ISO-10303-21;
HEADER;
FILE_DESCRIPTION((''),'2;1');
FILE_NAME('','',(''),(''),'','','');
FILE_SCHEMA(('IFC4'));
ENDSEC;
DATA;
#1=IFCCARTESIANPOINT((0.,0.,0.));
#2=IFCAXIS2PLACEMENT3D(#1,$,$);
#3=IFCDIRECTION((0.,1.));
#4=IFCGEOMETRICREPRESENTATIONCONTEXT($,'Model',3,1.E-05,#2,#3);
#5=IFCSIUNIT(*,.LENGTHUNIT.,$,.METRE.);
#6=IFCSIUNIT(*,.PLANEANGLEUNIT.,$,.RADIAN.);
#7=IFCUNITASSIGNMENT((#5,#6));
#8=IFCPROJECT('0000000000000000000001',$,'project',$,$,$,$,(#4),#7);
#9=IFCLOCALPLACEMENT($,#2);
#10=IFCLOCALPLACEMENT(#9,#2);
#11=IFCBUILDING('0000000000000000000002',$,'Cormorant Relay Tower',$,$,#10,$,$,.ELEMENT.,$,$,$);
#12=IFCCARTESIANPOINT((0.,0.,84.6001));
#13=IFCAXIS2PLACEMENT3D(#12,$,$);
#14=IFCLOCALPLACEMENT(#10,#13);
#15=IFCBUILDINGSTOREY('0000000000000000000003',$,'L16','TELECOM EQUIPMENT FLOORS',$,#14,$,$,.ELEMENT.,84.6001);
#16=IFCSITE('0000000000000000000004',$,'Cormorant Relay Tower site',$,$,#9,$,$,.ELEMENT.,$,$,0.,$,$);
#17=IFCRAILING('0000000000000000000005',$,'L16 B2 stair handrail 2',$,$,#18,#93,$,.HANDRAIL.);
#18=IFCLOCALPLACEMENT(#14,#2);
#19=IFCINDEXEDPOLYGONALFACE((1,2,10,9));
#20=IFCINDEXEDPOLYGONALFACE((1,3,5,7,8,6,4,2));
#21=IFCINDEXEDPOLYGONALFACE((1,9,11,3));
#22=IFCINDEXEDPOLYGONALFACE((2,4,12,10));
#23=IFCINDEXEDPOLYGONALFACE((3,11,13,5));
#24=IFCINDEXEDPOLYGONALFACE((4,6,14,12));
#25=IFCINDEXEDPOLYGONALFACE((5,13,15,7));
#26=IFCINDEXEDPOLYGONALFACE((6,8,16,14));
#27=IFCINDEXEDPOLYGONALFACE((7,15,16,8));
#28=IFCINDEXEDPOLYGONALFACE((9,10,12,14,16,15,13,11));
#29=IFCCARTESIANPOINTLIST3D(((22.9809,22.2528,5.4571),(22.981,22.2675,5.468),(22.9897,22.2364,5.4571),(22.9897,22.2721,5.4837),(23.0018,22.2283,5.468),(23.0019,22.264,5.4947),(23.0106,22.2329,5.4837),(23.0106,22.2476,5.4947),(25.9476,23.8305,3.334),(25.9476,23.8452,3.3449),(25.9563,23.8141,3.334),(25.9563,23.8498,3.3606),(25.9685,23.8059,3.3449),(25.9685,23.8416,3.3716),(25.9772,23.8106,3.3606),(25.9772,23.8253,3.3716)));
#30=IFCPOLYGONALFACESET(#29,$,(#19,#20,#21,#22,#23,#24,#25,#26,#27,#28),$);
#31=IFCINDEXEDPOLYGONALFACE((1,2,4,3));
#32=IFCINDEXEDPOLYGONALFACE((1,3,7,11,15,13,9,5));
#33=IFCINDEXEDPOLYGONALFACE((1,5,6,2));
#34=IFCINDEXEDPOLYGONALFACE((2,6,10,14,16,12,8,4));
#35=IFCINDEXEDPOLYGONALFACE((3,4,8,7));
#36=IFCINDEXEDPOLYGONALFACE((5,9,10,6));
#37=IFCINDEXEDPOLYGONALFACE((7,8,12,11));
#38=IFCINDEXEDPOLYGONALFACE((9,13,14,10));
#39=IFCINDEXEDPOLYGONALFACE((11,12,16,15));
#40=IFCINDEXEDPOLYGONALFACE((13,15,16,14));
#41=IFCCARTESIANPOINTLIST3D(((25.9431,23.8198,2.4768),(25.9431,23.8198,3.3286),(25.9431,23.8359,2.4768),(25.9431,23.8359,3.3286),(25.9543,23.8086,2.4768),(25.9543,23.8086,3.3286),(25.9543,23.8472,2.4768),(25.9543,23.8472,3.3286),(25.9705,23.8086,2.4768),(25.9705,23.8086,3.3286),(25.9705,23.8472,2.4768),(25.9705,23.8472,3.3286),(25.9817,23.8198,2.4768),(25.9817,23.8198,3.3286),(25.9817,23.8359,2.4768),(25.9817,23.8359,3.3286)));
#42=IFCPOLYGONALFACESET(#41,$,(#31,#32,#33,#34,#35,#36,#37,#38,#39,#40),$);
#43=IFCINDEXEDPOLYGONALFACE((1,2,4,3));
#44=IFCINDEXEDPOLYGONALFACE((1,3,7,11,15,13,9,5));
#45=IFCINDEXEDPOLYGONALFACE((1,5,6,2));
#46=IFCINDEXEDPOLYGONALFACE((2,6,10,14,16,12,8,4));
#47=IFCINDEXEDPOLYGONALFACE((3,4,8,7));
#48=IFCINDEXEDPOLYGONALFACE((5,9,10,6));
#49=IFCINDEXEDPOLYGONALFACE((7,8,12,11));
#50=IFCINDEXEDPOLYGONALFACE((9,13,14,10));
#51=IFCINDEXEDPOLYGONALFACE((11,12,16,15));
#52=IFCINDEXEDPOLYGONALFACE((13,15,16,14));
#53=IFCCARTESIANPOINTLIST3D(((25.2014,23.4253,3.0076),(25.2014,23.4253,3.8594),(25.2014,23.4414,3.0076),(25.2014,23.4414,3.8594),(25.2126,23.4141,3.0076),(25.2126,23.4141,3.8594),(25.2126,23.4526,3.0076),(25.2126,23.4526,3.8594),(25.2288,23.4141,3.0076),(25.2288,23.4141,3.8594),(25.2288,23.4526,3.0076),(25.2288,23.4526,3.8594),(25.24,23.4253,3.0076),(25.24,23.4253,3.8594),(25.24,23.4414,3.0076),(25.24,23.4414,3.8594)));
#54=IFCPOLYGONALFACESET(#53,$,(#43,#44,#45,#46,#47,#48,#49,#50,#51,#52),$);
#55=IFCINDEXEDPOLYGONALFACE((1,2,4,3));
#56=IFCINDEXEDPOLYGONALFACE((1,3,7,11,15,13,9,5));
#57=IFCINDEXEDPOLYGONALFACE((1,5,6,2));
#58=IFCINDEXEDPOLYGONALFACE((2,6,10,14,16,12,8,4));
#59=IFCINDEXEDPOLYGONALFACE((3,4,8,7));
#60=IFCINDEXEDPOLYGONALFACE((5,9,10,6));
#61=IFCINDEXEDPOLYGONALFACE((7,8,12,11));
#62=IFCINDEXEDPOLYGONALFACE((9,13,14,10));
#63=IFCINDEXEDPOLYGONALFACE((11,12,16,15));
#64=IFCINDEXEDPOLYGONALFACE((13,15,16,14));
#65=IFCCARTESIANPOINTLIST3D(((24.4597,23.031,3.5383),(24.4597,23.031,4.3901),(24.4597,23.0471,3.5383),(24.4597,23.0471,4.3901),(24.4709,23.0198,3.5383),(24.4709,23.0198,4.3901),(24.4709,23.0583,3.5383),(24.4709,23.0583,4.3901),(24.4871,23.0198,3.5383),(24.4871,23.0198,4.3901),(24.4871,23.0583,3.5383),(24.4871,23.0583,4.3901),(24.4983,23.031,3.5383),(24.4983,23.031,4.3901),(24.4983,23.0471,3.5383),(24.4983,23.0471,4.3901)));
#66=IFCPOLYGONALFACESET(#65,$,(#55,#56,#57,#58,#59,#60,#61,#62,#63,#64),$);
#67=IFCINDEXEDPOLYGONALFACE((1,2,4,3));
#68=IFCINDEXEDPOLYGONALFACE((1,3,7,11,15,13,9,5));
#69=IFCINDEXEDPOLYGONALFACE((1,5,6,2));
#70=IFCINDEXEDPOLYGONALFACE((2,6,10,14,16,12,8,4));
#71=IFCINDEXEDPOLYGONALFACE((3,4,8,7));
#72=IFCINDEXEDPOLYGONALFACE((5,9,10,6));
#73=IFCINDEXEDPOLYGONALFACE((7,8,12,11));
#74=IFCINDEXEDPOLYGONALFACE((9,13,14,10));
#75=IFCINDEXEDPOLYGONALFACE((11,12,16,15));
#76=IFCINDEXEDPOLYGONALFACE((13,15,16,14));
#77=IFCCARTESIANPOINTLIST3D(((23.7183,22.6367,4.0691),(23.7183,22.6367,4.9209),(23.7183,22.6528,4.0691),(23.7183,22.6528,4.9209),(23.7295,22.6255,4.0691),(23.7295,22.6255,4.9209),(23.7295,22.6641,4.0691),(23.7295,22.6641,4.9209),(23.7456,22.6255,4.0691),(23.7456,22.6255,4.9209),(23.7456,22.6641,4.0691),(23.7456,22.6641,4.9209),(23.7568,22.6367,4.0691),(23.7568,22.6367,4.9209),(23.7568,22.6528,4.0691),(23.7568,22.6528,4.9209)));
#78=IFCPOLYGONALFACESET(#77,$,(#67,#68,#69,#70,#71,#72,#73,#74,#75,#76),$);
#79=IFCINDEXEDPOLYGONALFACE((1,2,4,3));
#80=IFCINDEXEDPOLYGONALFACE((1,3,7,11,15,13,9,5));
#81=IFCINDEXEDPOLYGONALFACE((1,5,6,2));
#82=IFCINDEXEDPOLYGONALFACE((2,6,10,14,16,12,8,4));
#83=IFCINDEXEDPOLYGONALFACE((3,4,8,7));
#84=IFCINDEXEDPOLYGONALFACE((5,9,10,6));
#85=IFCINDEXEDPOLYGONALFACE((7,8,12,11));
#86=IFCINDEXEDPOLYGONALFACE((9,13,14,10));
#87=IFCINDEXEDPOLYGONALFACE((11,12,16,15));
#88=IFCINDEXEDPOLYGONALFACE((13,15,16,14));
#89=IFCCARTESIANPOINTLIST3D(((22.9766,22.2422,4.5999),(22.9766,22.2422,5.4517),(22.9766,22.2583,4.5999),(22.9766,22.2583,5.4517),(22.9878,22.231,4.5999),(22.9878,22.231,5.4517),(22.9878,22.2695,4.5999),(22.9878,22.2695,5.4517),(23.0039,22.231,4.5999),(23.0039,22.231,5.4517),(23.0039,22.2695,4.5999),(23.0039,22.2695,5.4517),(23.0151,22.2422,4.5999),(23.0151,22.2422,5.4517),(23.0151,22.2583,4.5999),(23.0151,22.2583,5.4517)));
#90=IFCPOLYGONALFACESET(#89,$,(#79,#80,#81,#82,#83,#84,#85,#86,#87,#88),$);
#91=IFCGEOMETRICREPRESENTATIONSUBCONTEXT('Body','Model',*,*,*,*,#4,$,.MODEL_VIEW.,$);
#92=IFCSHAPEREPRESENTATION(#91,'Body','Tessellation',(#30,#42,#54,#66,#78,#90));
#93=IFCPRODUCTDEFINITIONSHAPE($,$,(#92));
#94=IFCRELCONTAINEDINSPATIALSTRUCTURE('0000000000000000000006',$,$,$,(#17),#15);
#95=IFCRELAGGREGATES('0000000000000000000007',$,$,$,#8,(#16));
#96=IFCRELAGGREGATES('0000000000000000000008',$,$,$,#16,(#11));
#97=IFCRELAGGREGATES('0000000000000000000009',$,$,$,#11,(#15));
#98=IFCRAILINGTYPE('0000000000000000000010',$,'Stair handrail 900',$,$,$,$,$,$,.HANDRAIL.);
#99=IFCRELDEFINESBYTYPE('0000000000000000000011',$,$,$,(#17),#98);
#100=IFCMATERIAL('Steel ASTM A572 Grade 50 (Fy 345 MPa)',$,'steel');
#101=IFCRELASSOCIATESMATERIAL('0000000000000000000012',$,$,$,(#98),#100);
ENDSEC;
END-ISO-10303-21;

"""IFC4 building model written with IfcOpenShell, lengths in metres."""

from ifc_helpers import new_model, si_unit, direction, frame, origin, place, context, subcontext, project, spatial, polyline, outline, extrude, material, type_object, element, save


model = new_model("IFC4")

# Units and contexts
model_context = context("Model", 3, precision=1e-05, world=origin(), true_north=direction((0.0, 1.0)))
body_context = subcontext(model_context, "Body", "Model", "MODEL_VIEW")
ifc_project = project(units=[si_unit("LENGTHUNIT", "METRE"), si_unit("PLANEANGLEUNIT", "RADIAN")], contexts=[model_context])

# Site, building, storey
site_placement = place(None, origin())
site = spatial("IfcSite", under=ifc_project, at=site_placement, Name="Cormorant Relay Tower site", CompositionType="ELEMENT", RefElevation=0.0)
building_placement = place(site_placement, origin())
building = spatial("IfcBuilding", under=site, at=building_placement, Name="Cormorant Relay Tower", CompositionType="ELEMENT")
storey_placement = place(building_placement, frame((0.0, 0.0, 84.6001)))
storey = spatial("IfcBuildingStorey", under=building, at=storey_placement, Name="L16", Description="TELECOM EQUIPMENT FLOORS", CompositionType="ELEMENT", Elevation=84.6001)

# Railing
ifc_material_1 = material(Name="Steel ASTM A572 Grade 50 (Fy 345 MPa)", Category="steel")
railing_type_1 = type_object("IfcRailingType", Name="Stair handrail 900", PredefinedType="HANDRAIL", material=ifc_material_1)
railing_1_placement = place(storey_placement, frame((25.9624, 23.8279, 2.4768)))
element("IfcRailing", 1, at=railing_1_placement, inside=storey, type_object=railing_type_1, Name="L16 B2 stair handrail 2", PredefinedType="HANDRAIL", context=body_context, shape_type="SweptSolid", body=[
    extrude(outline(polyline([(0.0222, 0.0093), (0.0093, 0.0222), (-0.0093, 0.0222), (-0.0222, 0.0093), (-0.0222, -0.0093), (-0.0093, -0.0222), (0.0093, -0.0222), (0.0222, -0.0093), (0.0222, 0.0093)])), frame((0.0, 0.0, 0.876), z_axis=(-0.746395, -0.396939, 0.534166), x_axis=(0.469539, -0.882911, 0.0)), (0.0, 0.0, 1.0), 3.9746),
    extrude(outline(polyline([(0.0193, 0.0081), (0.0081, 0.0193), (-0.0081, 0.0193), (-0.0193, 0.0081), (-0.0193, -0.0081), (-0.0081, -0.0193), (0.0081, -0.0193), (0.0193, -0.0081), (0.0193, 0.0081)])), origin(), (0.0, 0.0, 1.0), 0.8518),
    extrude(outline(polyline([(0.0193, 0.0081), (0.0081, 0.0193), (-0.0081, 0.0193), (-0.0193, 0.0081), (-0.0193, -0.0081), (-0.0081, -0.0193), (0.0081, -0.0193), (0.0193, -0.0081), (0.0193, 0.0081)])), frame((-0.7417, -0.3945, 0.5308)), (0.0, 0.0, 1.0), 0.8518),
    extrude(outline(polyline([(0.0193, 0.0081), (0.0081, 0.0193), (-0.0081, 0.0193), (-0.0193, 0.0081), (-0.0193, -0.0081), (-0.0081, -0.0193), (0.0081, -0.0193), (0.0193, -0.0081), (0.0193, 0.0081)])), frame((-1.4834, -0.7888, 1.0615)), (0.0, 0.0, 1.0), 0.8518),
    extrude(outline(polyline([(0.0193, 0.0081), (0.0081, 0.0193), (-0.0081, 0.0193), (-0.0193, 0.0081), (-0.0193, -0.0081), (-0.0081, -0.0193), (0.0081, -0.0193), (0.0193, -0.0081), (0.0193, 0.0081)])), frame((-2.2249, -1.1831, 1.5923)), (0.0, 0.0, 1.0), 0.8518),
    extrude(outline(polyline([(0.0193, 0.0081), (0.0081, 0.0193), (-0.0081, 0.0193), (-0.0193, 0.0081), (-0.0193, -0.0081), (-0.0081, -0.0193), (0.0081, -0.0193), (0.0193, -0.0081), (0.0193, 0.0081)])), frame((-2.9666, -1.5776, 2.123)), (0.0, 0.0, 1.0), 0.8518),
])

save(model, "model.ifc")
